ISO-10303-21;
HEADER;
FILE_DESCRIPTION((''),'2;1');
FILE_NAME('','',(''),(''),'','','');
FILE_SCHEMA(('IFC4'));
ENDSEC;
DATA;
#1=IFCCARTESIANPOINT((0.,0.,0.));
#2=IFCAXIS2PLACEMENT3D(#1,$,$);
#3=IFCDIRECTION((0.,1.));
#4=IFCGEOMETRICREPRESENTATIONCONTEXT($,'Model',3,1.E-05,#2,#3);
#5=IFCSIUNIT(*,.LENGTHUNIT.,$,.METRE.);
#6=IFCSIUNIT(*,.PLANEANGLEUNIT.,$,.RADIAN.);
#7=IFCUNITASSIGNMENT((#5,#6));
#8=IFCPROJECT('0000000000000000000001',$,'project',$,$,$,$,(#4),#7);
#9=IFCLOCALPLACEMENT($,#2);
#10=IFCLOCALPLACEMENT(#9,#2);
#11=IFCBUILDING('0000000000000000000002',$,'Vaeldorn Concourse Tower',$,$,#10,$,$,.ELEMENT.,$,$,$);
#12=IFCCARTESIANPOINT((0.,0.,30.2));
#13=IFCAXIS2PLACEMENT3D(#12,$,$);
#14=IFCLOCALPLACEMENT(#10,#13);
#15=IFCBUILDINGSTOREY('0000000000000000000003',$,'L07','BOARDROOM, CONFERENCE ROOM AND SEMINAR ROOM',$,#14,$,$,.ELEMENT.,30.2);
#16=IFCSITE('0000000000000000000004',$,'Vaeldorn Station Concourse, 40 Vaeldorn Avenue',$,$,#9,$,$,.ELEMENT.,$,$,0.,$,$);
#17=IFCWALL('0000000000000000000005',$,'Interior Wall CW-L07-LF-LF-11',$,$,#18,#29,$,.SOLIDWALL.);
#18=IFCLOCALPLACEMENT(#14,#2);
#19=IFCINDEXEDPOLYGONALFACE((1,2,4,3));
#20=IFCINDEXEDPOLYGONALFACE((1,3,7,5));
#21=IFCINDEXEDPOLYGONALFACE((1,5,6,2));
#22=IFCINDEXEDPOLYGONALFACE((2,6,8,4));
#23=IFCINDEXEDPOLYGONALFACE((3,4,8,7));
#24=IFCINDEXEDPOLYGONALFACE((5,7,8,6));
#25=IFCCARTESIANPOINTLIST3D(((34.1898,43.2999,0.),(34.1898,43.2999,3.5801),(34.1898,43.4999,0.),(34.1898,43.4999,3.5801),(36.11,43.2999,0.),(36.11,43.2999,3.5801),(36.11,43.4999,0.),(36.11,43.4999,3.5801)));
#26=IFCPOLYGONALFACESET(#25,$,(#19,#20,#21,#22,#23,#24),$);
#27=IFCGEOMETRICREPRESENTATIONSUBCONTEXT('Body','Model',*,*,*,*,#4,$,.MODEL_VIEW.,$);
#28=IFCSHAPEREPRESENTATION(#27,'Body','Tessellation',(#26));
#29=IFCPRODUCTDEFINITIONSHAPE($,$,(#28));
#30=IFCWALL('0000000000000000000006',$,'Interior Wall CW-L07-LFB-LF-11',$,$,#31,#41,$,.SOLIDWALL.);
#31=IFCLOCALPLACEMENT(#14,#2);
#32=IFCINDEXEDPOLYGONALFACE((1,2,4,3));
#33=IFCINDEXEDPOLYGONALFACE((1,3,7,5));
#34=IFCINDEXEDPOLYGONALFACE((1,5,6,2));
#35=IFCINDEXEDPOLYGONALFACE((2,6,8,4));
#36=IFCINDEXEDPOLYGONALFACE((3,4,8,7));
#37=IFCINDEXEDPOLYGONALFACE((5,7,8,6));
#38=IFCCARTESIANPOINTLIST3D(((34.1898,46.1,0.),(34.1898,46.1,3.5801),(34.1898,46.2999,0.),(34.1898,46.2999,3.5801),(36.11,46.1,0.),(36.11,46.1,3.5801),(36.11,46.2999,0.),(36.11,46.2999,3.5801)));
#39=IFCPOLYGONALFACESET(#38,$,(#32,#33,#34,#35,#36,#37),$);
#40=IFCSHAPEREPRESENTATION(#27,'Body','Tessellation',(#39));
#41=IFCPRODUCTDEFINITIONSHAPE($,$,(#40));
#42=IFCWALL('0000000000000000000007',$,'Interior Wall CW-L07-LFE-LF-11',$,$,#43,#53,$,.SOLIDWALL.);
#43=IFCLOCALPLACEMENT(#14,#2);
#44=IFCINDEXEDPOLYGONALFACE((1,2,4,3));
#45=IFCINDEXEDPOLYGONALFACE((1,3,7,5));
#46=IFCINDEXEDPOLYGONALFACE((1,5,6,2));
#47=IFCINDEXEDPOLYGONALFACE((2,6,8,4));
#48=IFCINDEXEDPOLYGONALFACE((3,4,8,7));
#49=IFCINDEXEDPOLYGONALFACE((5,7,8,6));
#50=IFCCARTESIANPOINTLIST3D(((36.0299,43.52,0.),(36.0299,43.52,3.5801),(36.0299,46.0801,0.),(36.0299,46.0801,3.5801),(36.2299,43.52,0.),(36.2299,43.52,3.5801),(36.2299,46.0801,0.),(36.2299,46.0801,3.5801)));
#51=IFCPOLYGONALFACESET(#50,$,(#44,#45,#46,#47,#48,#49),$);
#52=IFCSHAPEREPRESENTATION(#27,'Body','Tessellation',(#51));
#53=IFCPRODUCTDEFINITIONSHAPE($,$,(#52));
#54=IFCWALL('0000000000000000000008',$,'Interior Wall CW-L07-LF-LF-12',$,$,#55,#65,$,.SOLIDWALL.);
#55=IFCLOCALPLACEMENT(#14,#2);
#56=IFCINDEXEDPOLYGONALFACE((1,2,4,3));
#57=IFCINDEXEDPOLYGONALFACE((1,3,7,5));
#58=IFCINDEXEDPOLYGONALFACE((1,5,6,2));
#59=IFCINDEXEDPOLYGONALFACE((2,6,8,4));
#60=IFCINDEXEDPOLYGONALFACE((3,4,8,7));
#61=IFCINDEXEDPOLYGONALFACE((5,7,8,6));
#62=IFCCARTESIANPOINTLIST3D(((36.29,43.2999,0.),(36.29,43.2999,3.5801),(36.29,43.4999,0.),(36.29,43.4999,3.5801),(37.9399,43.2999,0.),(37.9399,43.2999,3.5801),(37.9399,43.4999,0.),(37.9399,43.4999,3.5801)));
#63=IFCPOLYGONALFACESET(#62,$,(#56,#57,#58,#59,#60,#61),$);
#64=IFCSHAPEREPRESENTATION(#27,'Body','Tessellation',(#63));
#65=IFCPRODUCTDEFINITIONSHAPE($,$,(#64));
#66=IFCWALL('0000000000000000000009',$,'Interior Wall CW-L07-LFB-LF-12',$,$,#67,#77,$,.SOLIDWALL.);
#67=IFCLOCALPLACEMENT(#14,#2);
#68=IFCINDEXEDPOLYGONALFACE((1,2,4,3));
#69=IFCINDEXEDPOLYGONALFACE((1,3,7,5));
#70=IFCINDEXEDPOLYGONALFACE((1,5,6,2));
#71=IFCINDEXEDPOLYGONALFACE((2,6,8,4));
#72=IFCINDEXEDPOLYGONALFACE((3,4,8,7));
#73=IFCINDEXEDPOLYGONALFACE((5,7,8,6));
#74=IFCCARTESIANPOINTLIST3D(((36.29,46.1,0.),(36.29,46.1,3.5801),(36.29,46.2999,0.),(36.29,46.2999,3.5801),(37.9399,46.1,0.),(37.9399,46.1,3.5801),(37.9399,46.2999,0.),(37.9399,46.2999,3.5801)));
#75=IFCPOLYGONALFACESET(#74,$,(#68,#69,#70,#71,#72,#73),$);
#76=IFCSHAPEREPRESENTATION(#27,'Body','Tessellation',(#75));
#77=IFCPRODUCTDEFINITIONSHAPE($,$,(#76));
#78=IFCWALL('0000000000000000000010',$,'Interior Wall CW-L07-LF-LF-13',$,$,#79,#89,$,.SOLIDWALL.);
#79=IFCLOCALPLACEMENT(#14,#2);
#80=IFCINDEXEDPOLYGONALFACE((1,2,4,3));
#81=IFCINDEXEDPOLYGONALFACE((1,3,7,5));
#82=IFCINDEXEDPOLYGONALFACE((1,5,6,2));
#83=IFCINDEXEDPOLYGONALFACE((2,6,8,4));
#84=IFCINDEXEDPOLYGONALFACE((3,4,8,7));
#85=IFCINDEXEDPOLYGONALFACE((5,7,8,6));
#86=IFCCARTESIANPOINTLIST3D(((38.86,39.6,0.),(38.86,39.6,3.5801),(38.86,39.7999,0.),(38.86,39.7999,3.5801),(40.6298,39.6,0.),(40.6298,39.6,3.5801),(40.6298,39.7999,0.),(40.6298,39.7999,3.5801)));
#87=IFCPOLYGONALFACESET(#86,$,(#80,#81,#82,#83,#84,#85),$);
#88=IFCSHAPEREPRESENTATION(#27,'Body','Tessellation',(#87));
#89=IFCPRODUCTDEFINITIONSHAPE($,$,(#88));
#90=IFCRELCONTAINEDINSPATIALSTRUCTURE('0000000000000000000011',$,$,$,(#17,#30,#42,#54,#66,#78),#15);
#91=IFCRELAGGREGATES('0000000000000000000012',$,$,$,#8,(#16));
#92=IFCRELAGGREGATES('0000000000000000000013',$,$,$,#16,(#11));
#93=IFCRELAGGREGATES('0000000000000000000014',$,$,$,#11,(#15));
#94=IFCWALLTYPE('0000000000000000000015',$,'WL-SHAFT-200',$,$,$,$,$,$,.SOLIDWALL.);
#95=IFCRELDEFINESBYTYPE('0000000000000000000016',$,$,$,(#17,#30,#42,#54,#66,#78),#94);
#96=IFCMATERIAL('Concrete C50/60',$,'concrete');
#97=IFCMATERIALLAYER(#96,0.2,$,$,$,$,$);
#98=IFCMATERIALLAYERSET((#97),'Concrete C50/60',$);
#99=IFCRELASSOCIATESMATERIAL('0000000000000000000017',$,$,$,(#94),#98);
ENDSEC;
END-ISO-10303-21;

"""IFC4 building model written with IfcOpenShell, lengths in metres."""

from ifc_helpers import new_model, si_unit, direction, frame, frame_2d, origin, place, context, subcontext, project, spatial, rectangle, extrude, material, layer, layer_set, type_object, element, save


model = new_model("IFC4")

# Units and contexts
model_context = context("Model", 3, precision=1e-05, world=origin(), true_north=direction((0.0, 1.0)))
body_context = subcontext(model_context, "Body", "Model", "MODEL_VIEW")
ifc_project = project(units=[si_unit("LENGTHUNIT", "METRE"), si_unit("PLANEANGLEUNIT", "RADIAN")], contexts=[model_context])

# Site, building, storey
site_placement = place(None, origin())
site = spatial("IfcSite", under=ifc_project, at=site_placement, Name="Vaeldorn Station Concourse, 40 Vaeldorn Avenue", CompositionType="ELEMENT", RefElevation=0.0)
building_placement = place(site_placement, origin())
building = spatial("IfcBuilding", under=site, at=building_placement, Name="Vaeldorn Concourse Tower", CompositionType="ELEMENT")
storey_placement = place(building_placement, frame((0.0, 0.0, 30.2)))
storey = spatial("IfcBuildingStorey", under=building, at=storey_placement, Name="L07", Description="BOARDROOM, CONFERENCE ROOM AND SEMINAR ROOM", CompositionType="ELEMENT", Elevation=30.2)

# Walls
ifc_material_1 = material(Name="Concrete C50/60", Category="concrete")
ifc_layer_1 = layer(ifc_material_1, 0.2)
ifc_layer_set_1 = layer_set([ifc_layer_1], Name="Concrete C50/60")
wall_type_1 = type_object("IfcWallType", Name="WL-SHAFT-200", PredefinedType="SOLIDWALL", material=ifc_layer_set_1)
for number, where, z_axis, x_axis, name in (
    (1, (34.1899, 43.3999, 0.0), (0.0, 0.0, 1.0), (1.0, 0.0, 0.0), "Interior Wall CW-L07-LF-LF-11"),
    (2, (34.1899, 46.2, 0.0), (0.0, 0.0, 1.0), (1.0, 0.0, 0.0), "Interior Wall CW-L07-LFB-LF-11"),
):
    element("IfcWall", number, at=place(storey_placement, frame(where, z_axis=z_axis, x_axis=x_axis)), inside=storey, type_object=wall_type_1, Name=name, PredefinedType="SOLIDWALL", context=body_context, shape_type="SweptSolid", body=[
        extrude(rectangle(XDim=1.9202, YDim=0.2, at=frame_2d((0.96, 0.0))), origin(), (0.0, 0.0, 1.0), 3.5801),
    ])
wall_1_placement = place(storey_placement, frame((36.1299, 43.52, 0.0), z_axis=(0.0, 0.0, 1.0), x_axis=(0.0, 1.0, 0.0)))
element("IfcWall", 3, at=wall_1_placement, inside=storey, type_object=wall_type_1, Name="Interior Wall CW-L07-LFE-LF-11", PredefinedType="SOLIDWALL", context=body_context, shape_type="SweptSolid", body=[
    extrude(rectangle(XDim=2.5601, YDim=0.2, at=frame_2d((1.28, 0.0))), origin(), (0.0, 0.0, 1.0), 3.5801),
])
for number, where, z_axis, x_axis, name in (
    (4, (36.29, 43.3999, 0.0), (0.0, 0.0, 1.0), (1.0, 0.0, 0.0), "Interior Wall CW-L07-LF-LF-12"),
    (5, (36.29, 46.2, 0.0), (0.0, 0.0, 1.0), (1.0, 0.0, 0.0), "Interior Wall CW-L07-LFB-LF-12"),
):
    element("IfcWall", number, at=place(storey_placement, frame(where, z_axis=z_axis, x_axis=x_axis)), inside=storey, type_object=wall_type_1, Name=name, PredefinedType="SOLIDWALL", context=body_context, shape_type="SweptSolid", body=[
        extrude(rectangle(XDim=1.6499, YDim=0.2, at=frame_2d((0.825, 0.0))), origin(), (0.0, 0.0, 1.0), 3.5801),
    ])
wall_2_placement = place(storey_placement, frame((38.8601, 39.7, 0.0), z_axis=(0.0, 0.0, 1.0), x_axis=(1.0, 0.0, 0.0)))
element("IfcWall", 6, at=wall_2_placement, inside=storey, type_object=wall_type_1, Name="Interior Wall CW-L07-LF-LF-13", PredefinedType="SOLIDWALL", context=body_context, shape_type="SweptSolid", body=[
    extrude(rectangle(XDim=1.7698, YDim=0.2, at=frame_2d((0.8848, 0.0))), origin(), (0.0, 0.0, 1.0), 3.5801),
])

save(model, "model.ifc")
